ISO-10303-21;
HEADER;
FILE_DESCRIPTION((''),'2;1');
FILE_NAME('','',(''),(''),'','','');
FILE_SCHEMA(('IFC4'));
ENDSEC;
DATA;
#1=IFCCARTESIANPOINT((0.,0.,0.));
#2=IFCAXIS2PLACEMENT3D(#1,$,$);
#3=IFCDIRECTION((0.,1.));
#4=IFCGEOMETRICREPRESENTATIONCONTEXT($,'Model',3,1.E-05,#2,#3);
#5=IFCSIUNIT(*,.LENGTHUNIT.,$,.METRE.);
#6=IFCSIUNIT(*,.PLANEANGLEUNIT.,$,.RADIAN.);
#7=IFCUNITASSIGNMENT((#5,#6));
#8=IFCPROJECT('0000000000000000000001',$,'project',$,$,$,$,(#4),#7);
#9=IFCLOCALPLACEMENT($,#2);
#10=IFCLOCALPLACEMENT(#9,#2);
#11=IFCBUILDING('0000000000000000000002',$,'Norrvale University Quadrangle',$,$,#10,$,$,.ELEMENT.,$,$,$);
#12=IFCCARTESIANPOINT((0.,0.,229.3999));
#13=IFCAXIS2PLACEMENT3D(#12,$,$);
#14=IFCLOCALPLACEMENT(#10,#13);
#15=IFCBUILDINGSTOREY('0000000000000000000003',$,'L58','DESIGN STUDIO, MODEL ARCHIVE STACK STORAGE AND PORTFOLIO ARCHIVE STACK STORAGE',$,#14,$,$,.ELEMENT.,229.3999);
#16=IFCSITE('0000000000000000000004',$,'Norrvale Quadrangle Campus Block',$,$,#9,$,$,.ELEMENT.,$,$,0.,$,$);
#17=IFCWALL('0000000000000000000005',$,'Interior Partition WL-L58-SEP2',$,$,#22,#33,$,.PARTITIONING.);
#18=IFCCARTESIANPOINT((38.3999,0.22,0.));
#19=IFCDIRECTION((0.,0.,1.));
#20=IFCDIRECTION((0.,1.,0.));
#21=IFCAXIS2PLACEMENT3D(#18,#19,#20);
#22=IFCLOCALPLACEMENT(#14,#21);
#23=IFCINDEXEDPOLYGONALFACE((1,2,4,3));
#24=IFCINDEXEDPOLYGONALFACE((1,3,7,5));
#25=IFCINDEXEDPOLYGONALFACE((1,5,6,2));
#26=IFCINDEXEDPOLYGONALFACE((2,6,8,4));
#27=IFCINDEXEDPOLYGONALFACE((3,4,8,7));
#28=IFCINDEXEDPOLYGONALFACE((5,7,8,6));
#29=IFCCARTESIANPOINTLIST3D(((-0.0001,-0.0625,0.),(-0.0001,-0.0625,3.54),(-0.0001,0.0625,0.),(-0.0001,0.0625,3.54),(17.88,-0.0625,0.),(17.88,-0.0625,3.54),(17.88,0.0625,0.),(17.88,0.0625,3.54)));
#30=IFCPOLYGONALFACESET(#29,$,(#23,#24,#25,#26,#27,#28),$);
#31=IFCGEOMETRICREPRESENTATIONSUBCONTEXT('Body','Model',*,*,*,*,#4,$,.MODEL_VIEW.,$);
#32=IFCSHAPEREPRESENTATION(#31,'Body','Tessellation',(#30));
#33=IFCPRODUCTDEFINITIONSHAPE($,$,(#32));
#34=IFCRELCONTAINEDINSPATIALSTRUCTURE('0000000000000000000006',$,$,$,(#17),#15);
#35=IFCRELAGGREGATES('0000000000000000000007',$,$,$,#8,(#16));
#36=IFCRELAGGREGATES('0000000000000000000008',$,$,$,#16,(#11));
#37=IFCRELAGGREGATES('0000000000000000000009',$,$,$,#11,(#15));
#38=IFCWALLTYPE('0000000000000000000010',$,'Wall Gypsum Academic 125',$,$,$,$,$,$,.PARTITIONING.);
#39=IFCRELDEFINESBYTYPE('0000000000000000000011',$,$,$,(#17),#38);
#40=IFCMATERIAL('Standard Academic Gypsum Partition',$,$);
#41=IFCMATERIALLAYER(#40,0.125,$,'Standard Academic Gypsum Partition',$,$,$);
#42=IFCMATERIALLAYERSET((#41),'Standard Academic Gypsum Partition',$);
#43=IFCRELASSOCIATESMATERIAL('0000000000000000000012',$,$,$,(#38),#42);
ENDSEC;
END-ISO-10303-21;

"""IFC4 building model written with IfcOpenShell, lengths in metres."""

from ifc_helpers import new_model, si_unit, direction, frame, frame_2d, origin, place, context, subcontext, project, spatial, rectangle, extrude, material, layer, layer_set, type_object, element, save


model = new_model("IFC4")

# Units and contexts
model_context = context("Model", 3, precision=1e-05, world=origin(), true_north=direction((0.0, 1.0)))
body_context = subcontext(model_context, "Body", "Model", "MODEL_VIEW")
ifc_project = project(units=[si_unit("LENGTHUNIT", "METRE"), si_unit("PLANEANGLEUNIT", "RADIAN")], contexts=[model_context])

# Site, building, storey
site_placement = place(None, origin())
site = spatial("IfcSite", under=ifc_project, at=site_placement, Name="Norrvale Quadrangle Campus Block", CompositionType="ELEMENT", RefElevation=0.0)
building_placement = place(site_placement, origin())
building = spatial("IfcBuilding", under=site, at=building_placement, Name="Norrvale University Quadrangle", CompositionType="ELEMENT")
storey_placement = place(building_placement, frame((0.0, 0.0, 229.3999)))
storey = spatial("IfcBuildingStorey", under=building, at=storey_placement, Name="L58", Description="DESIGN STUDIO, MODEL ARCHIVE STACK STORAGE AND PORTFOLIO ARCHIVE STACK STORAGE", CompositionType="ELEMENT", Elevation=229.3999)

# Wall
ifc_material_1 = material(Name="Standard Academic Gypsum Partition")
ifc_layer_1 = layer(ifc_material_1, 0.125, Name="Standard Academic Gypsum Partition")
ifc_layer_set_1 = layer_set([ifc_layer_1], Name="Standard Academic Gypsum Partition")
wall_type_1 = type_object("IfcWallType", Name="Wall Gypsum Academic 125", PredefinedType="PARTITIONING", material=ifc_layer_set_1)
wall_1_placement = place(storey_placement, frame((38.3999, 0.22, 0.0), z_axis=(0.0, 0.0, 1.0), x_axis=(0.0, 1.0, 0.0)))
element("IfcWall", 1, at=wall_1_placement, inside=storey, type_object=wall_type_1, Name="Interior Partition WL-L58-SEP2", PredefinedType="PARTITIONING", context=body_context, shape_type="SweptSolid", body=[
    extrude(rectangle(XDim=17.8801, YDim=0.125, at=frame_2d((8.9399, 0.0))), origin(), (0.0, 0.0, 1.0), 3.54),
])

save(model, "model.ifc")
